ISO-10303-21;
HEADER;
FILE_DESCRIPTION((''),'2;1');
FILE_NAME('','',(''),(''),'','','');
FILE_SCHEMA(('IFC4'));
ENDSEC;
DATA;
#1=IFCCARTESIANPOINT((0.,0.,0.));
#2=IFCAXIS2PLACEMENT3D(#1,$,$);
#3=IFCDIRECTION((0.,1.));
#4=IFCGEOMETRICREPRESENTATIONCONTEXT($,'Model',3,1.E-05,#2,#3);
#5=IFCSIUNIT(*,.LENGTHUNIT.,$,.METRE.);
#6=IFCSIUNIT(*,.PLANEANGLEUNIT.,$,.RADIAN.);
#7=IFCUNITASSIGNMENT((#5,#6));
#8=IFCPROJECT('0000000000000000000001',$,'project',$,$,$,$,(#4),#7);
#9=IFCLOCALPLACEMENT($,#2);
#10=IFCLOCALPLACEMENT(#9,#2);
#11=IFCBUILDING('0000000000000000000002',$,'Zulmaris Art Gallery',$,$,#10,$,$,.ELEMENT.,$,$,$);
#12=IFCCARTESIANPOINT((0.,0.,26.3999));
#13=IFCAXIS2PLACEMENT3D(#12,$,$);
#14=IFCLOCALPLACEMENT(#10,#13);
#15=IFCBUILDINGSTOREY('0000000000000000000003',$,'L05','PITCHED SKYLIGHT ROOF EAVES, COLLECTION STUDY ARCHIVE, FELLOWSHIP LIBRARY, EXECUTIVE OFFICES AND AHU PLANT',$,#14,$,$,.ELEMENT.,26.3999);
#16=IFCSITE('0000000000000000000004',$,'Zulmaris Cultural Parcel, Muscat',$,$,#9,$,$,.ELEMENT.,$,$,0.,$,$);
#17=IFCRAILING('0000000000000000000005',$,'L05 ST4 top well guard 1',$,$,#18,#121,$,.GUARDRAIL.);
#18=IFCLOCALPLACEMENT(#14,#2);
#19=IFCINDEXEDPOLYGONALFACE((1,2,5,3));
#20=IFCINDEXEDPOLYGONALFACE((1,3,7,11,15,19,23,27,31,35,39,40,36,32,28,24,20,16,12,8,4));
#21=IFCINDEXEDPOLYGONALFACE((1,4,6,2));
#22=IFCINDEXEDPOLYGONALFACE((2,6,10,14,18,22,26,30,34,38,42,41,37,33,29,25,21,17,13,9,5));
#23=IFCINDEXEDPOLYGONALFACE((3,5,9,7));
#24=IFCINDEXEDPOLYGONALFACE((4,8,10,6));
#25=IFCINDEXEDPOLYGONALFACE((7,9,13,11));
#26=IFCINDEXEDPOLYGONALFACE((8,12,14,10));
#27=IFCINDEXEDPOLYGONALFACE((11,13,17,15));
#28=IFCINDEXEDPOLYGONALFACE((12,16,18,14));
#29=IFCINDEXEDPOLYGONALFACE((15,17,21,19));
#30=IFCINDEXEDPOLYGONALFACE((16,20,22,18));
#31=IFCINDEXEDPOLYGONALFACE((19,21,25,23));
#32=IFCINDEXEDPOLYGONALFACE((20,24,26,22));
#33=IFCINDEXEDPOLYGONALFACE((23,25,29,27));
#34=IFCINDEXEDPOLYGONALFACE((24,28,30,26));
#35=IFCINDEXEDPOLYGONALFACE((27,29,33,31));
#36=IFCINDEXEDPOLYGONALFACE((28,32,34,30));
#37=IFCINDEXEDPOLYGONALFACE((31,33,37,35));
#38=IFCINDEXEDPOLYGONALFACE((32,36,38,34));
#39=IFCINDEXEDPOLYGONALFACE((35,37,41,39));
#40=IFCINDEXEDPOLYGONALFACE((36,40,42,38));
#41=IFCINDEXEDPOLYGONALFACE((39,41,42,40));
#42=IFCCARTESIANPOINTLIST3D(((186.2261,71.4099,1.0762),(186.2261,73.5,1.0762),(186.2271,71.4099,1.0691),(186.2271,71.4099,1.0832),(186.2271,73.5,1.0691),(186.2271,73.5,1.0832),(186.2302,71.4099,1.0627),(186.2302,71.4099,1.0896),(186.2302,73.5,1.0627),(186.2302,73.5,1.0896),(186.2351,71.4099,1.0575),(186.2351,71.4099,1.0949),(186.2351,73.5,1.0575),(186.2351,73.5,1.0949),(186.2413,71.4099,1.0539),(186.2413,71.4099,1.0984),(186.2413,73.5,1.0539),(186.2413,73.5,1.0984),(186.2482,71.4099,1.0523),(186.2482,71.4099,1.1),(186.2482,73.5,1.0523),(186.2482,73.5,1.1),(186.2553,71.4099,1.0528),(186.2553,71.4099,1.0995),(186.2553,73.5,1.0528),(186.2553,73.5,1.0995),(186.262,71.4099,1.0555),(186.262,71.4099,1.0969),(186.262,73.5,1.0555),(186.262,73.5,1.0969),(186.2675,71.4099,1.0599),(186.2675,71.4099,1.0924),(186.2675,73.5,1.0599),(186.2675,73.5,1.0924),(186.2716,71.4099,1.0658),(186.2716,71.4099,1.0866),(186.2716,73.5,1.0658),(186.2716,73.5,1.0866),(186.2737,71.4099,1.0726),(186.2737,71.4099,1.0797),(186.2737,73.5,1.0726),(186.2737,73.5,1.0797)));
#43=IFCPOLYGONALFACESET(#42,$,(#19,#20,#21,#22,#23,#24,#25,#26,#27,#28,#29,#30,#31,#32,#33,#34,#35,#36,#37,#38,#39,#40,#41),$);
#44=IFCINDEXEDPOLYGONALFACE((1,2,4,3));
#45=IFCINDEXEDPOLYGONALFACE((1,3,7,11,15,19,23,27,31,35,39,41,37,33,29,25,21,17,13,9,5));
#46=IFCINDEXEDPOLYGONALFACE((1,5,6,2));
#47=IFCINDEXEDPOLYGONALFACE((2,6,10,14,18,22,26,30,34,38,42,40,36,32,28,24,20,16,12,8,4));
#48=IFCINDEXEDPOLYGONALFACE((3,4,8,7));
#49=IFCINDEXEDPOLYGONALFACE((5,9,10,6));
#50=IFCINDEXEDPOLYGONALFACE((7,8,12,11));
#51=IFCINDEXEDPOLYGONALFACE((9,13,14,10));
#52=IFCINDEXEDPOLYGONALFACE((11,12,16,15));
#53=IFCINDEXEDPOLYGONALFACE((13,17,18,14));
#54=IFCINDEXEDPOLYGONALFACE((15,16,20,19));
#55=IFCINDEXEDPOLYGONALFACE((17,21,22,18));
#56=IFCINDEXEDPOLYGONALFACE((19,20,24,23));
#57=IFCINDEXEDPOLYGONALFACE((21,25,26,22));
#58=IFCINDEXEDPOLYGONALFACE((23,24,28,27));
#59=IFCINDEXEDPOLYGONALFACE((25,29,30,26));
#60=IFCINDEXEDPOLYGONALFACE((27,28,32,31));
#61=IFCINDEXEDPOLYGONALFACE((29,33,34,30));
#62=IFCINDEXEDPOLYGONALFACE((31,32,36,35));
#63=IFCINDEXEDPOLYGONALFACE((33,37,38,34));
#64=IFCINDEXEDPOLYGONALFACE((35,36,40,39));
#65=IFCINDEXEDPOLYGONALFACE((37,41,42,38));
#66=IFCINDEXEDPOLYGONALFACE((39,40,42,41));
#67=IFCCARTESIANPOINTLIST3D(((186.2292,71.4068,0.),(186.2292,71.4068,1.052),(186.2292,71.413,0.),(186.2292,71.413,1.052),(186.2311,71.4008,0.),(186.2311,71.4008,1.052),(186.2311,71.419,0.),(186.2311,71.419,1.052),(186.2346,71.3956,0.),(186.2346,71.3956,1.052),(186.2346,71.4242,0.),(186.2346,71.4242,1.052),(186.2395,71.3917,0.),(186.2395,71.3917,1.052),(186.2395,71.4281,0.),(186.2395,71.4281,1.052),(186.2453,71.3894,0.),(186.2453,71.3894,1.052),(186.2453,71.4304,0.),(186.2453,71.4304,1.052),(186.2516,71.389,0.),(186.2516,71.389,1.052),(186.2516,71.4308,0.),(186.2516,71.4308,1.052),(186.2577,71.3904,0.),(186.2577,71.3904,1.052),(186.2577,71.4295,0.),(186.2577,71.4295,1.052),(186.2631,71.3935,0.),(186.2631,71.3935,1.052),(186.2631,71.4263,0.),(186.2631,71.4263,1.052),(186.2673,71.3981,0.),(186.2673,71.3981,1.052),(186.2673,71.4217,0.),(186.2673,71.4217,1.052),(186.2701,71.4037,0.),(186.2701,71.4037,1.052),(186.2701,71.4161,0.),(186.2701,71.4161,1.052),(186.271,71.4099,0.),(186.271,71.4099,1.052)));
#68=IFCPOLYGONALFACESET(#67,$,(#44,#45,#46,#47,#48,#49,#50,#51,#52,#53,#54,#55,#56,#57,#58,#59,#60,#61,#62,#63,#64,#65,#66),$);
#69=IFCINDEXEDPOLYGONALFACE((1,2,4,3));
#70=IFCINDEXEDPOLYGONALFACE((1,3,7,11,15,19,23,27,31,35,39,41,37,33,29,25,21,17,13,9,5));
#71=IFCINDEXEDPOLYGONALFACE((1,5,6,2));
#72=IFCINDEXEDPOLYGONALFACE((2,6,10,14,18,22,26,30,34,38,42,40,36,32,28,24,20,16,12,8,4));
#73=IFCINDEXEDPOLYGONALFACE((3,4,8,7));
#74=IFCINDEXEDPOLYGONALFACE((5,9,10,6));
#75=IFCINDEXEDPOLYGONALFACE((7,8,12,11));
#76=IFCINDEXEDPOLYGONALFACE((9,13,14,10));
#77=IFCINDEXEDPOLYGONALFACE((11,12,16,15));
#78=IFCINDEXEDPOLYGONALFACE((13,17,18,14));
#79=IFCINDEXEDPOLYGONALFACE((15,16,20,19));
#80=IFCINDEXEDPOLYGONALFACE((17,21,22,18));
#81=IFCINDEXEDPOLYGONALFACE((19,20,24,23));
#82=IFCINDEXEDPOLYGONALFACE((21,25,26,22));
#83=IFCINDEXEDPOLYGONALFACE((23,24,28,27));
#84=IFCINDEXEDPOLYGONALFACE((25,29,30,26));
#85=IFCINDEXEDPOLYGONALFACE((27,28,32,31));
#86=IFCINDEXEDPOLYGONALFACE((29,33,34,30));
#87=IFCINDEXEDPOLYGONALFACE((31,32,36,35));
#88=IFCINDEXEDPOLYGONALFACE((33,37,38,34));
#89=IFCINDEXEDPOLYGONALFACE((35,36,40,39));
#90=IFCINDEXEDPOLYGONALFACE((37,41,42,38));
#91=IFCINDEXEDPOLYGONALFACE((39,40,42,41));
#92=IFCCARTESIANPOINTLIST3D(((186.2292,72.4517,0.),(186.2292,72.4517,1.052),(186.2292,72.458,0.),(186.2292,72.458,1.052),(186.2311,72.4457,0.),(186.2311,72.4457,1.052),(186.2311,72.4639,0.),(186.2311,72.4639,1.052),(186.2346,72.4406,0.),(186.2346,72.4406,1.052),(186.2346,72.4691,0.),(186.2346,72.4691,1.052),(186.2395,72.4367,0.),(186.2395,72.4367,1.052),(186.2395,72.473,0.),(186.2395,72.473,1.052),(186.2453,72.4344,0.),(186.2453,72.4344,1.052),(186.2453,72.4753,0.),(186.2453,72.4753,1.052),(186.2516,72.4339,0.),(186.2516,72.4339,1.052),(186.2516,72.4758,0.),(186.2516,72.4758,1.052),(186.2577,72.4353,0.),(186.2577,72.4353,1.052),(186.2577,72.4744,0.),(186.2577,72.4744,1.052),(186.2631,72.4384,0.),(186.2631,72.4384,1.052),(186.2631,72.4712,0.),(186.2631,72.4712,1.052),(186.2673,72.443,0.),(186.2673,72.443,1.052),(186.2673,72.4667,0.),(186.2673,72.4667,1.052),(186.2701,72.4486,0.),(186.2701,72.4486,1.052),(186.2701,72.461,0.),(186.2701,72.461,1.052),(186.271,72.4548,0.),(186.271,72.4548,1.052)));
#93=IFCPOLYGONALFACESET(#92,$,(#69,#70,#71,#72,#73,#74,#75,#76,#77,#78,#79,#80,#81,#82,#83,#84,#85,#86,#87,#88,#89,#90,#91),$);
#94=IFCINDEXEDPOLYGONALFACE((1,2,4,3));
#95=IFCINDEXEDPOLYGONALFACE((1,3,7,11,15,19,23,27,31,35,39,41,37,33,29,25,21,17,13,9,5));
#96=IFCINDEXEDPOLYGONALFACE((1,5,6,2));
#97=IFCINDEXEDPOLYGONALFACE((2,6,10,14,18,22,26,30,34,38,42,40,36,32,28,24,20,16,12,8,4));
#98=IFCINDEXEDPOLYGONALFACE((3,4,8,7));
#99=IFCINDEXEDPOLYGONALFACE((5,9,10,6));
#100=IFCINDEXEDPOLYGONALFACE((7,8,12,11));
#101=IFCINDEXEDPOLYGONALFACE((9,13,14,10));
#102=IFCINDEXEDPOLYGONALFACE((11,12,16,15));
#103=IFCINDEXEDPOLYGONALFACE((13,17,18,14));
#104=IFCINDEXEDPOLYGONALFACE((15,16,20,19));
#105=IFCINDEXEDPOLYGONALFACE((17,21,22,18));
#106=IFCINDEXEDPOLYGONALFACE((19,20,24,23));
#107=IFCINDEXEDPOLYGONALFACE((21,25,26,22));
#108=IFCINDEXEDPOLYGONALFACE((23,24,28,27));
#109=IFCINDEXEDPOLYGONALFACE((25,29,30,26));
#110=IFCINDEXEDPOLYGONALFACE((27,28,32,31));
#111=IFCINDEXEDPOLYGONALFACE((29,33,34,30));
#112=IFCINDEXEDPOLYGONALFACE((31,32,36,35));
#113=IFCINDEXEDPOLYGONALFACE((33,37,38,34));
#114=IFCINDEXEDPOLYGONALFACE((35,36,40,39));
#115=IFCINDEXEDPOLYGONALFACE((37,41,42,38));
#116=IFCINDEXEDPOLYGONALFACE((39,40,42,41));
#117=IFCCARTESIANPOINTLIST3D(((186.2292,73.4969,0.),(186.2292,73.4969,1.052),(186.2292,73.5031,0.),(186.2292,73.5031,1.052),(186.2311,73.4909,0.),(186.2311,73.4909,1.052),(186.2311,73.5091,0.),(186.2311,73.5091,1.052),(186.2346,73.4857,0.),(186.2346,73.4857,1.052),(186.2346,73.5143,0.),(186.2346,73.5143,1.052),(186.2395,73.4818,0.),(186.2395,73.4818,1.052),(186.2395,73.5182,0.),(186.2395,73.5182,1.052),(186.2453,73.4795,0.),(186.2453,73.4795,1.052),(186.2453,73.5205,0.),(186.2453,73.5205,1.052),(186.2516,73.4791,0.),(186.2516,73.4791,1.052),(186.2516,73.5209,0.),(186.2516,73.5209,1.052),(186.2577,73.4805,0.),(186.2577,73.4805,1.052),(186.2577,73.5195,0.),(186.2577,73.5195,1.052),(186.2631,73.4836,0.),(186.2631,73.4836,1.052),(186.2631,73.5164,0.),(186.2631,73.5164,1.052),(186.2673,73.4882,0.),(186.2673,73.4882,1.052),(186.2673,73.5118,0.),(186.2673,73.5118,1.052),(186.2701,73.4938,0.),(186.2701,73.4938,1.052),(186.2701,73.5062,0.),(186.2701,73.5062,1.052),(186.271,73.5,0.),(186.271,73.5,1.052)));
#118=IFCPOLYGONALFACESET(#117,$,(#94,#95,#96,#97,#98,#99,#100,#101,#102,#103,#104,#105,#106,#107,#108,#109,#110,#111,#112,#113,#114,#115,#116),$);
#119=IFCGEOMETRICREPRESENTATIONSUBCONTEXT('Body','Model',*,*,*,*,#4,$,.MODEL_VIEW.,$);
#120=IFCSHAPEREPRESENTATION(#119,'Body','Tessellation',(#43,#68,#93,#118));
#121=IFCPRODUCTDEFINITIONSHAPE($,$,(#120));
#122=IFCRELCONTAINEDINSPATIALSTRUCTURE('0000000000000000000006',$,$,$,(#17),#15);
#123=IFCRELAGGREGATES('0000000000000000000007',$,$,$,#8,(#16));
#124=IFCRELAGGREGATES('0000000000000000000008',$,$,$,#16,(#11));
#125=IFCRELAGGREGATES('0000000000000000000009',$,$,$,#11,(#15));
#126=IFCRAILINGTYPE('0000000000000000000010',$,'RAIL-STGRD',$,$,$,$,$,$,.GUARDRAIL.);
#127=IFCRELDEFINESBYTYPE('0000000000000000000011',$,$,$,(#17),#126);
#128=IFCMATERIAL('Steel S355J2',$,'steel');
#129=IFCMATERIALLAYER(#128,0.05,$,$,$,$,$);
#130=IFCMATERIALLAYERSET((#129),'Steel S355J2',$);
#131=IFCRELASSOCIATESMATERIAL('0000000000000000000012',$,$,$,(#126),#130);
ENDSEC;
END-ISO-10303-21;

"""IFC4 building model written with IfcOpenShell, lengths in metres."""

from ifc_helpers import new_model, si_unit, direction, frame, origin, origin_2d, place, context, subcontext, project, spatial, circle, extrude, material, layer, layer_set, type_object, element, save


model = new_model("IFC4")

# Units and contexts
model_context = context("Model", 3, precision=1e-05, world=origin(), true_north=direction((0.0, 1.0)))
body_context = subcontext(model_context, "Body", "Model", "MODEL_VIEW")
ifc_project = project(units=[si_unit("LENGTHUNIT", "METRE"), si_unit("PLANEANGLEUNIT", "RADIAN")], contexts=[model_context])

# Site, building, storey
site_placement = place(None, origin())
site = spatial("IfcSite", under=ifc_project, at=site_placement, Name="Zulmaris Cultural Parcel, Muscat", CompositionType="ELEMENT", RefElevation=0.0)
building_placement = place(site_placement, origin())
building = spatial("IfcBuilding", under=site, at=building_placement, Name="Zulmaris Art Gallery", CompositionType="ELEMENT")
storey_placement = place(building_placement, frame((0.0, 0.0, 26.3999)))
storey = spatial("IfcBuildingStorey", under=building, at=storey_placement, Name="L05", Description="PITCHED SKYLIGHT ROOF EAVES, COLLECTION STUDY ARCHIVE, FELLOWSHIP LIBRARY, EXECUTIVE OFFICES AND AHU PLANT", CompositionType="ELEMENT", Elevation=26.3999)

# Shared definitions
ifc_material_1 = material(Name="Steel S355J2", Category="steel")

# Railing
ifc_layer_1 = layer(ifc_material_1, 0.05)
ifc_layer_set_1 = layer_set([ifc_layer_1], Name="Steel S355J2")
railing_type = type_object("IfcRailingType", Name="RAIL-STGRD", PredefinedType="GUARDRAIL", material=ifc_layer_set_1)
railing_placement = place(storey_placement, frame((186.25, 71.4099, 0.0)))
element("IfcRailing", 1, at=railing_placement, inside=storey, type_object=railing_type, Name="L05 ST4 top well guard 1", PredefinedType="GUARDRAIL", context=body_context, shape_type="SweptSolid", body=[
    extrude(circle(Radius=0.0239, at=origin_2d()), frame((0.0, 0.0, 1.0762), z_axis=(0.0, 1.0, 0.0), x_axis=(-1.0, 0.0, 0.0)), (0.0, 0.0, 1.0), 2.0901),
    extrude(circle(Radius=0.021, at=origin_2d()), origin(), (0.0, 0.0, 1.0), 1.052),
    extrude(circle(Radius=0.021, at=origin_2d()), frame((0.0, 1.0449, 0.0)), (0.0, 0.0, 1.0), 1.052),
    extrude(circle(Radius=0.021, at=origin_2d()), frame((0.0, 2.0901, 0.0)), (0.0, 0.0, 1.0), 1.052),
])

save(model, "model.ifc")
